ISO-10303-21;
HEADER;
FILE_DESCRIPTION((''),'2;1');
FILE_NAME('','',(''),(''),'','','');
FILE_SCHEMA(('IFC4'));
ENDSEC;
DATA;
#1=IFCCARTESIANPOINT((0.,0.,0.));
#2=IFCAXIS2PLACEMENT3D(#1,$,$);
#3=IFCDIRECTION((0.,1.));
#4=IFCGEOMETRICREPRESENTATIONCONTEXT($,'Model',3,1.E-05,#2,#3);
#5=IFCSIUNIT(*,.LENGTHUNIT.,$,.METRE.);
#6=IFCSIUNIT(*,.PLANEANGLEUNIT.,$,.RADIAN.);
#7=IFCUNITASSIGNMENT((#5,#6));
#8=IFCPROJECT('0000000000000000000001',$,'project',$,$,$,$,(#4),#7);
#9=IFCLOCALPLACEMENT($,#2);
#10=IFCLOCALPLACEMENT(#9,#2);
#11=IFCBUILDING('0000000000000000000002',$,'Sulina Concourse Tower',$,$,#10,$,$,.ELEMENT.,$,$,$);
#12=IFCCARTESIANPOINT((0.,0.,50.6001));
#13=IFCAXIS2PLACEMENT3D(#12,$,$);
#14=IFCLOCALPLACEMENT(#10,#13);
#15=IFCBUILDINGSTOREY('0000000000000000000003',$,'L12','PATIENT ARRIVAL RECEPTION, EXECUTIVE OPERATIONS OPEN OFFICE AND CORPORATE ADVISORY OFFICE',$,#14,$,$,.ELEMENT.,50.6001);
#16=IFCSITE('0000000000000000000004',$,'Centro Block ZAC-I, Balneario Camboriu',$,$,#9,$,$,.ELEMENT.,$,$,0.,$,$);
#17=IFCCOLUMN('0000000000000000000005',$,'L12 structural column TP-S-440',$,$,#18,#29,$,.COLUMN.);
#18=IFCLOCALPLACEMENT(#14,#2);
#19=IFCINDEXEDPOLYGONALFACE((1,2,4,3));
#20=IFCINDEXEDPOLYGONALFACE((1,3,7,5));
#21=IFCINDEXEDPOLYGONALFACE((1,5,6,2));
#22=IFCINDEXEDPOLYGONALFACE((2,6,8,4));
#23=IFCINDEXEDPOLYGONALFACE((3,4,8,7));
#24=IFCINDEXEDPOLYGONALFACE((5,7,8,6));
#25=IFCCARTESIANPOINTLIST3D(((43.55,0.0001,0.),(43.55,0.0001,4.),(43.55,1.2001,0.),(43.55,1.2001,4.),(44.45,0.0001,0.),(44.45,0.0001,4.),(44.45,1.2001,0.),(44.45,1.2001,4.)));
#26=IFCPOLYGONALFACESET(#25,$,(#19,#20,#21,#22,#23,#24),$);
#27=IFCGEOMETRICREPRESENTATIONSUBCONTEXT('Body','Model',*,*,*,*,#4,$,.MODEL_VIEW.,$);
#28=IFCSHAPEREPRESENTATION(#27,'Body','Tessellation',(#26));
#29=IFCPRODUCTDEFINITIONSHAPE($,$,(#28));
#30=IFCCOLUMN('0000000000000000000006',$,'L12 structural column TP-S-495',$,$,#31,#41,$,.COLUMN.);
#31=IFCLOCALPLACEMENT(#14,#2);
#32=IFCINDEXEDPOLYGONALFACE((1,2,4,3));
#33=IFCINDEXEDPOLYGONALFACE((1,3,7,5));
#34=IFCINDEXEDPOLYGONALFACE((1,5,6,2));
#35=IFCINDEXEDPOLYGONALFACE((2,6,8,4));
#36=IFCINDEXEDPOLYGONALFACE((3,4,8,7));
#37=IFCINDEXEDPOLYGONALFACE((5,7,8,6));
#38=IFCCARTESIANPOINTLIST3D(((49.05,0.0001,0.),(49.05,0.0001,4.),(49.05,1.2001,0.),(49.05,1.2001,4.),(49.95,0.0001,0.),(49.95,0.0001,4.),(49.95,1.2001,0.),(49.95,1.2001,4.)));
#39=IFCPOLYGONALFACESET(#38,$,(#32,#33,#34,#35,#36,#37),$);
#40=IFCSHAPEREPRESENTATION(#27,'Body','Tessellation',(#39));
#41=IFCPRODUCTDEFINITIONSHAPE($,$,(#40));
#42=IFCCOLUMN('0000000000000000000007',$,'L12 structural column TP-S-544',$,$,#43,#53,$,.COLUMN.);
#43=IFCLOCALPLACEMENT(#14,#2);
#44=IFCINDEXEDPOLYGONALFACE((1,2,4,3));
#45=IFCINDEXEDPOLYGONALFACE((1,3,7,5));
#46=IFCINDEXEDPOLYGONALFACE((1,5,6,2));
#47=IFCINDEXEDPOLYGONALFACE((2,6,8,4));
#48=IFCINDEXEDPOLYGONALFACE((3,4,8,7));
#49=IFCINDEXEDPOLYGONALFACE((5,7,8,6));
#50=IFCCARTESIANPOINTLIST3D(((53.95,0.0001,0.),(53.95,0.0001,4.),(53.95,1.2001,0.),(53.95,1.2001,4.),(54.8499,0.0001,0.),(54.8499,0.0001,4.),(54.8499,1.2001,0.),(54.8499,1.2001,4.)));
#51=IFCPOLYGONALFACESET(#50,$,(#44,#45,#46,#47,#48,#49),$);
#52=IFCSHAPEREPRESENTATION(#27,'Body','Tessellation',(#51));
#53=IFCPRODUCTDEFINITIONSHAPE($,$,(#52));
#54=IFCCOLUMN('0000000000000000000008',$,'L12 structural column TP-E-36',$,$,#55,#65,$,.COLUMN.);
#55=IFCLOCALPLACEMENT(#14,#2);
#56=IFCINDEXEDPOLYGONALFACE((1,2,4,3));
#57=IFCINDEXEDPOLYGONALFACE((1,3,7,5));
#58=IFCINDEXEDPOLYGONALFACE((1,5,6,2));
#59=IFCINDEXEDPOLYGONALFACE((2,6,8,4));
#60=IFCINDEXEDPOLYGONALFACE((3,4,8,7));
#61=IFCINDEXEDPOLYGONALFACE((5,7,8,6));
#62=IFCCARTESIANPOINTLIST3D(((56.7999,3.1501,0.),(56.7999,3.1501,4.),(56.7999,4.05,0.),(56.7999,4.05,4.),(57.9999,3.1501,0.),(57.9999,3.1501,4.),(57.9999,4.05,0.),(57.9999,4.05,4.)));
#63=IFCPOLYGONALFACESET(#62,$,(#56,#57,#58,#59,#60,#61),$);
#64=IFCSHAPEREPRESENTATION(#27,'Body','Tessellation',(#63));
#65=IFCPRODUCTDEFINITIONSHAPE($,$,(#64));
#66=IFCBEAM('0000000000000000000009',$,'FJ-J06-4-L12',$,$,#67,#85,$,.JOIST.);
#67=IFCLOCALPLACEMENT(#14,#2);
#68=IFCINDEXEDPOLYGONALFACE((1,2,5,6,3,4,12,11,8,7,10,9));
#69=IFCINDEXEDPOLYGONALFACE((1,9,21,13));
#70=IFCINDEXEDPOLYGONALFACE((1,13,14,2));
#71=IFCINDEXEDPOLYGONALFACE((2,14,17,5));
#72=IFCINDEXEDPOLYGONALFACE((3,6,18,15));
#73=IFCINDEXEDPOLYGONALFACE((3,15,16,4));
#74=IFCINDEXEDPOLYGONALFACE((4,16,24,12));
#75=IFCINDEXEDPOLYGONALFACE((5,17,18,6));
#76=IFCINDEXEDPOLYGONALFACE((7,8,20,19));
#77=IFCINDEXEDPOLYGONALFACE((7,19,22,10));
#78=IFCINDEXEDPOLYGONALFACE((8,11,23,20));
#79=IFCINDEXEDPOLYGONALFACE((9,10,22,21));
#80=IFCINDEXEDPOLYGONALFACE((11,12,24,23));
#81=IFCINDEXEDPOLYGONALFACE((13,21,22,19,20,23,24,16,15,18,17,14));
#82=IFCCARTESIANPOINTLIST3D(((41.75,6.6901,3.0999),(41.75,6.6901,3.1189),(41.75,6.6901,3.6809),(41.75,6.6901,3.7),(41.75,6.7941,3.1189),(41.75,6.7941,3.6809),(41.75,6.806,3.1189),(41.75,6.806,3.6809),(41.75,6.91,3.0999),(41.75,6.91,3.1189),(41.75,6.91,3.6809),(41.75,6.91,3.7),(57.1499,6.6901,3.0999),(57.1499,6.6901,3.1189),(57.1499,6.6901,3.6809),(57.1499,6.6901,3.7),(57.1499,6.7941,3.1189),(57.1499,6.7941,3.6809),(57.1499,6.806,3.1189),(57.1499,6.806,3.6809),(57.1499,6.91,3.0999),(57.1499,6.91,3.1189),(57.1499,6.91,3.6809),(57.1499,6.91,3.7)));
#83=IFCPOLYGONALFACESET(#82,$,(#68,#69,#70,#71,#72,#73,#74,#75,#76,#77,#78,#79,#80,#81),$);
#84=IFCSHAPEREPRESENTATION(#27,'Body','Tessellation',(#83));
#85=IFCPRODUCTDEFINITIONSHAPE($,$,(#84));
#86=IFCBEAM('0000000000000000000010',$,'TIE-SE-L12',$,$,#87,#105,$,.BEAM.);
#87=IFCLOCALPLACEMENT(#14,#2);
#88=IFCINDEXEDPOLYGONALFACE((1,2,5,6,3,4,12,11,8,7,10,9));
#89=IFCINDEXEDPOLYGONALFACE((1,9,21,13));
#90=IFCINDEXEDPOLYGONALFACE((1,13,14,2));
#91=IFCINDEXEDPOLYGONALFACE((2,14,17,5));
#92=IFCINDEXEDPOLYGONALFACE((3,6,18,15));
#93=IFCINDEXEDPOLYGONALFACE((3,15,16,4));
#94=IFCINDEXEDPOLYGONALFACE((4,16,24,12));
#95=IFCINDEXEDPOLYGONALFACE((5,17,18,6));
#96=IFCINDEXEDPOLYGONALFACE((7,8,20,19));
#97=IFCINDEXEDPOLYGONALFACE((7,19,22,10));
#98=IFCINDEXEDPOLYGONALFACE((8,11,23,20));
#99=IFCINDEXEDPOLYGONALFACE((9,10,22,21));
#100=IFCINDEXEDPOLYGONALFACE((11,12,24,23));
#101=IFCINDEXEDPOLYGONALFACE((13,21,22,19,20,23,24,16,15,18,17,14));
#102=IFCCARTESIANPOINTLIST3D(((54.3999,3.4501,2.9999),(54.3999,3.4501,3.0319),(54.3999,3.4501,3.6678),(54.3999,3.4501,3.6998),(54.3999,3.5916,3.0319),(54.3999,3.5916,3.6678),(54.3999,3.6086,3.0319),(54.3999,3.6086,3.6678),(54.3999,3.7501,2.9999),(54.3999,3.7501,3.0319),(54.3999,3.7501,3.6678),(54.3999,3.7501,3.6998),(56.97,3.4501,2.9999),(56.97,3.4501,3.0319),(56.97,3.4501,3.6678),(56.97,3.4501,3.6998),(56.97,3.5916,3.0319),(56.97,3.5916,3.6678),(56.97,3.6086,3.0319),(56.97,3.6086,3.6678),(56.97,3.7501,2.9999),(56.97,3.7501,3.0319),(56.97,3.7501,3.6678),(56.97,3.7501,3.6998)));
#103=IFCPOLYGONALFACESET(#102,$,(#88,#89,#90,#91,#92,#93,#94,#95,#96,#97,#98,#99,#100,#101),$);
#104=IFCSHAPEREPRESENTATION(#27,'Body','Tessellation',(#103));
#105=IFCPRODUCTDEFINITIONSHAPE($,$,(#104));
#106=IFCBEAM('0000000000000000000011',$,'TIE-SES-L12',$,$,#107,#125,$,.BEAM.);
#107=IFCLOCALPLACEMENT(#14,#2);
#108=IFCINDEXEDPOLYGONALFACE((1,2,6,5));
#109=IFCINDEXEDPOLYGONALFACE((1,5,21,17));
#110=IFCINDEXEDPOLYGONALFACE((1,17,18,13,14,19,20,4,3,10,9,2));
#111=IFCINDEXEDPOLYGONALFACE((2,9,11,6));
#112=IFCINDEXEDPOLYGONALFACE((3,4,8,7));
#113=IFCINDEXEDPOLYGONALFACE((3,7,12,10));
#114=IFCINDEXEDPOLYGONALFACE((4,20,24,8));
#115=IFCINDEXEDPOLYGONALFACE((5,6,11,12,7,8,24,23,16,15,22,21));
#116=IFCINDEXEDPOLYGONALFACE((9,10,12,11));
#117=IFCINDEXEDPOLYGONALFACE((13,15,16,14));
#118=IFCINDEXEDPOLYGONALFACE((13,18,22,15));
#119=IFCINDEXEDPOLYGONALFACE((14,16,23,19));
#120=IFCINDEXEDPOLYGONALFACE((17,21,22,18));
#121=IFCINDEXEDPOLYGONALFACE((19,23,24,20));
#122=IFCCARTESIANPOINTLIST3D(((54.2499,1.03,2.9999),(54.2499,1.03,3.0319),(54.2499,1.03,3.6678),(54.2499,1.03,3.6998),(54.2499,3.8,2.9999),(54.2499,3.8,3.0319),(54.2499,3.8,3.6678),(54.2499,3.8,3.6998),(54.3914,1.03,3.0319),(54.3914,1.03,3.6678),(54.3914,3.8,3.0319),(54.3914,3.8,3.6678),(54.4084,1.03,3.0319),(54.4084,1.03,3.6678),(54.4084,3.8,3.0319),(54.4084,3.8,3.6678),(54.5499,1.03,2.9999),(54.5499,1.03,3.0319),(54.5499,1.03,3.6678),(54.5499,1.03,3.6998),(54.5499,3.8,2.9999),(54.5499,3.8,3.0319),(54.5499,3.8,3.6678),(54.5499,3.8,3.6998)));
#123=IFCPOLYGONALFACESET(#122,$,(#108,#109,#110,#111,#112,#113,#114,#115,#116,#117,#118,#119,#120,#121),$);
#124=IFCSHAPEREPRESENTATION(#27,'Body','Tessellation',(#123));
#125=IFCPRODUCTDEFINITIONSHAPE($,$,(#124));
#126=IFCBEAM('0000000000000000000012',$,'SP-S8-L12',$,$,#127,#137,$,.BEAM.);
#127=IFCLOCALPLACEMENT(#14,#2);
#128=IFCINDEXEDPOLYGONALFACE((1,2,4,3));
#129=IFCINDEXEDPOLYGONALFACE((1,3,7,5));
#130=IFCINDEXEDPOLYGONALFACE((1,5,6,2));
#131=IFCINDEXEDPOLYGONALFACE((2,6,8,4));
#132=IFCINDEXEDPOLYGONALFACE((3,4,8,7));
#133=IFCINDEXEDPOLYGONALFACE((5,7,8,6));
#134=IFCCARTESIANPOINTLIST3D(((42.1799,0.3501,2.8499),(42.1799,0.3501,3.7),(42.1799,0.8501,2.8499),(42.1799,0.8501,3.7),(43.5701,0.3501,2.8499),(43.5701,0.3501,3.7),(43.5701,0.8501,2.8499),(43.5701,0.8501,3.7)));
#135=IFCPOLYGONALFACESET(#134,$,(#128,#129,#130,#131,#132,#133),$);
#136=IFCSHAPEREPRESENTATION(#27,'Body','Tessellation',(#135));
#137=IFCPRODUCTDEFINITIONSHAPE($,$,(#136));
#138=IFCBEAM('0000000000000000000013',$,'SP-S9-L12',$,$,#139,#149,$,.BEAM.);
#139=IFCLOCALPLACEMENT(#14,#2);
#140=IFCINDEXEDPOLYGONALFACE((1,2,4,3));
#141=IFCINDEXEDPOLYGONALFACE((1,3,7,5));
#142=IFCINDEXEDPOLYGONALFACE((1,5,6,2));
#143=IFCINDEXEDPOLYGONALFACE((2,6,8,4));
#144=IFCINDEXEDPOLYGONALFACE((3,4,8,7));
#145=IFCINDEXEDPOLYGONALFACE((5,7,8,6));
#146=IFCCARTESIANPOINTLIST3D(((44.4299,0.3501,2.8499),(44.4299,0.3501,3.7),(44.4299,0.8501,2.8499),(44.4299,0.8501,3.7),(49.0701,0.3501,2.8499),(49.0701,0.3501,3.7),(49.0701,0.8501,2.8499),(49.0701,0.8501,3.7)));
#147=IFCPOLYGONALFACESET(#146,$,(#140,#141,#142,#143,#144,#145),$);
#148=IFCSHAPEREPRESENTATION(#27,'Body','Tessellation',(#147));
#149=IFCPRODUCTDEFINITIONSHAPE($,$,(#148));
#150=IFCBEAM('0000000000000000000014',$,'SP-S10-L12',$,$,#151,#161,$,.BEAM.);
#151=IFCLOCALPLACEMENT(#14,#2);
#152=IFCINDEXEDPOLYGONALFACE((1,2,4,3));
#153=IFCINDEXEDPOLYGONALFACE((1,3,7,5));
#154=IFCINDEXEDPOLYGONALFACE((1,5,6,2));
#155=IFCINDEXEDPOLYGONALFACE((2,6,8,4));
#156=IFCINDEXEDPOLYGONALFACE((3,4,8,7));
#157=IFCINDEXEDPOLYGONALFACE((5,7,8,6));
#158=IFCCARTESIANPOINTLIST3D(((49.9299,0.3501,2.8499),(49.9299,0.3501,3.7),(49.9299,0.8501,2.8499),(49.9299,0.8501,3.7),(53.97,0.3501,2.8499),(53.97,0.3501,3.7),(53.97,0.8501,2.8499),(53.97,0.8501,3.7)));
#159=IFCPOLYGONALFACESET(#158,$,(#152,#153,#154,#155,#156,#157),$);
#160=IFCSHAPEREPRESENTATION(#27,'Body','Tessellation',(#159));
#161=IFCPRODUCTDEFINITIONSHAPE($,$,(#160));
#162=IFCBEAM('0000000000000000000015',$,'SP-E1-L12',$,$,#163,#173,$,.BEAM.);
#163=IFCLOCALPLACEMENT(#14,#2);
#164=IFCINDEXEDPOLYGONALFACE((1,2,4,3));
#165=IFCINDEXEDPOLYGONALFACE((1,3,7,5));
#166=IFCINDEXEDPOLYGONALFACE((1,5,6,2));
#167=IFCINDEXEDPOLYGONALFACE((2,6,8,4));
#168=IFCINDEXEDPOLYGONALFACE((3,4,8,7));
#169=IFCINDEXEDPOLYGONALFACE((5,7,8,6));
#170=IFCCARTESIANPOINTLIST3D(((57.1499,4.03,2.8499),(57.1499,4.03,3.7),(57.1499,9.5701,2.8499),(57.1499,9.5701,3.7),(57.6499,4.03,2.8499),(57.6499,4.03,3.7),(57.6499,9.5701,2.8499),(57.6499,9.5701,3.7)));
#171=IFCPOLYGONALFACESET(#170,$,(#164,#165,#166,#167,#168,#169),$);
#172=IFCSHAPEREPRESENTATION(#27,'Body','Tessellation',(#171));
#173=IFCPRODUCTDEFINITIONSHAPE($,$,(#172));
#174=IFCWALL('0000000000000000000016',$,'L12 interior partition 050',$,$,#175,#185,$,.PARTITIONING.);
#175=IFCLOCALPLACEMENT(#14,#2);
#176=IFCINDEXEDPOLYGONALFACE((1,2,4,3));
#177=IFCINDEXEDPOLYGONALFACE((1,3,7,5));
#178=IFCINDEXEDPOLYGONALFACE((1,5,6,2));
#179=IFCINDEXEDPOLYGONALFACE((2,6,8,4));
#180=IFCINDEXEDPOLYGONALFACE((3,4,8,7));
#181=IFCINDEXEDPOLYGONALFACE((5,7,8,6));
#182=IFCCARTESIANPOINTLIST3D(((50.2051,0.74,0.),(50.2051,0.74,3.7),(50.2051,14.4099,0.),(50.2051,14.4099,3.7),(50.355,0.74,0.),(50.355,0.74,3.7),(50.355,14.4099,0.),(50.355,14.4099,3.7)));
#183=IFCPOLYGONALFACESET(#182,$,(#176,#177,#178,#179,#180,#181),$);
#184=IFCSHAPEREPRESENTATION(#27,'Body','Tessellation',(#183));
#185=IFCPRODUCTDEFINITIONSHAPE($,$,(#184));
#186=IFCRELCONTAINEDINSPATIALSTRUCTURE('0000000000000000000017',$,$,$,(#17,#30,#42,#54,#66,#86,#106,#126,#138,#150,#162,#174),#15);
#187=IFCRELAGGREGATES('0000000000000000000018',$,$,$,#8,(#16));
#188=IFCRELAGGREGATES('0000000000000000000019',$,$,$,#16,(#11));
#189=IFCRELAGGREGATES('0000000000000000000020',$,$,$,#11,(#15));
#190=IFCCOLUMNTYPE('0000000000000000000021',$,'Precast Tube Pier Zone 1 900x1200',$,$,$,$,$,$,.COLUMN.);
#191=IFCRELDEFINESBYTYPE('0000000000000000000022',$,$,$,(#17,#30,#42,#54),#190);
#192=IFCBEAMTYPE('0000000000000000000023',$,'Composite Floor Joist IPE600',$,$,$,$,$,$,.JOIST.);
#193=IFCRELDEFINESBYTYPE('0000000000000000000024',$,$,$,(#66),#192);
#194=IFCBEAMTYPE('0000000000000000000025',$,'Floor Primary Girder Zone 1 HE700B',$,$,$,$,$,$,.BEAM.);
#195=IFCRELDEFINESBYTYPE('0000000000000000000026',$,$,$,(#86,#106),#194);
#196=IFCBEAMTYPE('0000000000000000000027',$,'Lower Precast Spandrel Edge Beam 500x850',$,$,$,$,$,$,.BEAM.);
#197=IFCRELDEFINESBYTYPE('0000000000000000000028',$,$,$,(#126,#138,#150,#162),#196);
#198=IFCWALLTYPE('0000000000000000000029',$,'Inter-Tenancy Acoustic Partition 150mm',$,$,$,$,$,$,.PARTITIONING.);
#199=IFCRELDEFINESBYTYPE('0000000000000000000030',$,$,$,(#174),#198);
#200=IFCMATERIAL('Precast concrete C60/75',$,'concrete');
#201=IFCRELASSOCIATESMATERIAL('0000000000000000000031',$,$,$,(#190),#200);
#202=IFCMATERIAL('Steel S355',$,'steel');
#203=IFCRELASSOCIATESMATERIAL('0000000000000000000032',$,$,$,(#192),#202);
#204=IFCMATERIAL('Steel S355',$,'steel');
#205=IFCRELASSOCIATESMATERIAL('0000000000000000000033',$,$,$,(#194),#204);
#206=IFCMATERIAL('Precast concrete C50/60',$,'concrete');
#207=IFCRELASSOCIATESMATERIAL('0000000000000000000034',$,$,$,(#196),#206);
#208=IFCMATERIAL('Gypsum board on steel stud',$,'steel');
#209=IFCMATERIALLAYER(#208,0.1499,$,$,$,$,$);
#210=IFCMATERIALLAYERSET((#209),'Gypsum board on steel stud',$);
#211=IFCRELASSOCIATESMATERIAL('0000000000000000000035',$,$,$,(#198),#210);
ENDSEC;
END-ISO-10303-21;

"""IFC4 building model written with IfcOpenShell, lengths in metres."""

from ifc_helpers import new_model, si_unit, direction, frame, frame_2d, origin, origin_2d, place, context, subcontext, project, spatial, rectangle, i_section, extrude, material, layer, layer_set, material_profile, profile_set, type_object, element, save


model = new_model("IFC4")

# Units and contexts
model_context = context("Model", 3, precision=1e-05, world=origin(), true_north=direction((0.0, 1.0)))
body_context = subcontext(model_context, "Body", "Model", "MODEL_VIEW")
ifc_project = project(units=[si_unit("LENGTHUNIT", "METRE"), si_unit("PLANEANGLEUNIT", "RADIAN")], contexts=[model_context])

# Site, building, storey
site_placement = place(None, origin())
site = spatial("IfcSite", under=ifc_project, at=site_placement, Name="Centro Block ZAC-I, Balneario Camboriu", CompositionType="ELEMENT", RefElevation=0.0)
building_placement = place(site_placement, origin())
building = spatial("IfcBuilding", under=site, at=building_placement, Name="Sulina Concourse Tower", CompositionType="ELEMENT")
storey_placement = place(building_placement, frame((0.0, 0.0, 50.6001)))
storey = spatial("IfcBuildingStorey", under=building, at=storey_placement, Name="L12", Description="PATIENT ARRIVAL RECEPTION, EXECUTIVE OPERATIONS OPEN OFFICE AND CORPORATE ADVISORY OFFICE", CompositionType="ELEMENT", Elevation=50.6001)

# Columns
ifc_material_1 = material(Name="Precast concrete C60/75", Category="concrete")
ifc_material_profile_1 = material_profile(ifc_material_1, rectangle(XDim=0.8999, YDim=1.2, at=origin_2d()), Name="PC 900x1200")
ifc_profile_set_1 = profile_set([ifc_material_profile_1], Name="Precast concrete C60/75")
column_type = type_object("IfcColumnType", Name="Precast Tube Pier Zone 1 900x1200", PredefinedType="COLUMN", material=ifc_profile_set_1)
for number, where, z_axis, x_axis, name in (
    (1, (44.0, 0.6001, 0.0), (0.0, 0.0, 1.0), (1.0, 0.0, 0.0), "L12 structural column TP-S-440"),
    (2, (49.5, 0.6001, 0.0), (0.0, 0.0, 1.0), (1.0, 0.0, 0.0), "L12 structural column TP-S-495"),
    (3, (54.3999, 0.6001, 0.0), (0.0, 0.0, 1.0), (1.0, 0.0, 0.0), "L12 structural column TP-S-544"),
    (4, (57.3999, 3.6001, 0.0), (0.0, 0.0, 1.0), (0.0, 1.0, 0.0), "L12 structural column TP-E-36"),
):
    element("IfcColumn", number, at=place(storey_placement, frame(where, z_axis=z_axis, x_axis=x_axis)), inside=storey, type_object=column_type, Name=name, PredefinedType="COLUMN", context=body_context, shape_type="SweptSolid", body=[
        extrude(rectangle(XDim=0.8999, YDim=1.2, at=origin_2d()), origin(), (0.0, 0.0, 1.0), 4.0),
    ])

# Beams
ifc_material_2 = material(Name="Steel S355", Category="steel")
ifc_material_profile_2 = material_profile(ifc_material_2, i_section(OverallWidth=0.22, OverallDepth=0.6001, WebThickness=0.012, FlangeThickness=0.019, at=origin_2d()), Name="IPE 600")
ifc_profile_set_2 = profile_set([ifc_material_profile_2], Name="Steel S355")
beam_type_1 = type_object("IfcBeamType", Name="Composite Floor Joist IPE600", PredefinedType="JOIST", material=ifc_profile_set_2)
beam_1_placement = place(storey_placement, frame((41.75, 6.8, 3.3999), z_axis=(1.0, 0.0, 0.0), x_axis=(0.0, 1.0, 0.0)))
element("IfcBeam", 5, at=beam_1_placement, inside=storey, type_object=beam_type_1, Name="FJ-J06-4-L12", PredefinedType="JOIST", context=body_context, shape_type="SweptSolid", body=[
    extrude(i_section(OverallWidth=0.22, OverallDepth=0.6001, WebThickness=0.012, FlangeThickness=0.019, at=origin_2d()), origin(), (0.0, 0.0, 1.0), 15.3999),
])
ifc_material_3 = material(Name="Steel S355", Category="steel")
ifc_material_profile_3 = material_profile(ifc_material_3, i_section(OverallWidth=0.3, OverallDepth=0.7, WebThickness=0.0171, FlangeThickness=0.032, at=origin_2d()), Name="HE 700 B")
ifc_profile_set_3 = profile_set([ifc_material_profile_3], Name="Steel S355")
beam_type_2 = type_object("IfcBeamType", Name="Floor Primary Girder Zone 1 HE700B", PredefinedType="BEAM", material=ifc_profile_set_3)
beam_2_placement = place(storey_placement, frame((54.3999, 3.6001, 3.3499), z_axis=(1.0, 0.0, 0.0), x_axis=(0.0, 1.0, 0.0)))
element("IfcBeam", 6, at=beam_2_placement, inside=storey, type_object=beam_type_2, Name="TIE-SE-L12", PredefinedType="BEAM", context=body_context, shape_type="SweptSolid", body=[
    extrude(i_section(OverallWidth=0.3, OverallDepth=0.7, WebThickness=0.0171, FlangeThickness=0.032, at=origin_2d()), origin(), (0.0, 0.0, 1.0), 2.5701),
])
beam_3_placement = place(storey_placement, frame((54.3999, 1.03, 3.3499), z_axis=(0.0, 1.0, 0.0), x_axis=(-1.0, 0.0, 0.0)))
element("IfcBeam", 7, at=beam_3_placement, inside=storey, type_object=beam_type_2, Name="TIE-SES-L12", PredefinedType="BEAM", context=body_context, shape_type="SweptSolid", body=[
    extrude(i_section(OverallWidth=0.3, OverallDepth=0.7, WebThickness=0.0171, FlangeThickness=0.032, at=origin_2d()), origin(), (0.0, 0.0, 1.0), 2.77),
])
ifc_material_4 = material(Name="Precast concrete C50/60", Category="concrete")
ifc_material_profile_4 = material_profile(ifc_material_4, rectangle(XDim=0.5, YDim=0.8501, at=origin_2d()), Name="RC 500x850")
ifc_profile_set_4 = profile_set([ifc_material_profile_4], Name="Precast concrete C50/60")
beam_type_3 = type_object("IfcBeamType", Name="Lower Precast Spandrel Edge Beam 500x850", PredefinedType="BEAM", material=ifc_profile_set_4)
beam_4_placement = place(storey_placement, frame((42.1799, 0.6001, 3.2749), z_axis=(1.0, 0.0, 0.0), x_axis=(0.0, 1.0, 0.0)))
element("IfcBeam", 8, at=beam_4_placement, inside=storey, type_object=beam_type_3, Name="SP-S8-L12", PredefinedType="BEAM", context=body_context, shape_type="SweptSolid", body=[
    extrude(rectangle(XDim=0.5, YDim=0.8501, at=origin_2d()), origin(), (0.0, 0.0, 1.0), 1.3901),
])
beam_5_placement = place(storey_placement, frame((44.4299, 0.6001, 3.2749), z_axis=(1.0, 0.0, 0.0), x_axis=(0.0, 1.0, 0.0)))
element("IfcBeam", 9, at=beam_5_placement, inside=storey, type_object=beam_type_3, Name="SP-S9-L12", PredefinedType="BEAM", context=body_context, shape_type="SweptSolid", body=[
    extrude(rectangle(XDim=0.5, YDim=0.8501, at=origin_2d()), origin(), (0.0, 0.0, 1.0), 4.6401),
])
beam_6_placement = place(storey_placement, frame((49.9299, 0.6001, 3.2749), z_axis=(1.0, 0.0, 0.0), x_axis=(0.0, 1.0, 0.0)))
element("IfcBeam", 10, at=beam_6_placement, inside=storey, type_object=beam_type_3, Name="SP-S10-L12", PredefinedType="BEAM", context=body_context, shape_type="SweptSolid", body=[
    extrude(rectangle(XDim=0.5, YDim=0.8501, at=origin_2d()), origin(), (0.0, 0.0, 1.0), 4.04),
])
beam_7_placement = place(storey_placement, frame((57.3999, 4.03, 3.2749), z_axis=(0.0, 1.0, 0.0), x_axis=(-1.0, 0.0, 0.0)))
element("IfcBeam", 11, at=beam_7_placement, inside=storey, type_object=beam_type_3, Name="SP-E1-L12", PredefinedType="BEAM", context=body_context, shape_type="SweptSolid", body=[
    extrude(rectangle(XDim=0.5, YDim=0.8501, at=origin_2d()), origin(), (0.0, 0.0, 1.0), 5.54),
])

# Wall
ifc_material_5 = material(Name="Gypsum board on steel stud", Category="steel")
ifc_layer_1 = layer(ifc_material_5, 0.1499)
ifc_layer_set_1 = layer_set([ifc_layer_1], Name="Gypsum board on steel stud")
wall_type_1 = type_object("IfcWallType", Name="Inter-Tenancy Acoustic Partition 150mm", PredefinedType="PARTITIONING", material=ifc_layer_set_1)
wall_1_placement = place(storey_placement, frame((50.28, 0.74, 0.0), z_axis=(0.0, 0.0, 1.0), x_axis=(0.0, 1.0, 0.0)))
element("IfcWall", 12, at=wall_1_placement, inside=storey, type_object=wall_type_1, Name="L12 interior partition 050", PredefinedType="PARTITIONING", context=body_context, shape_type="SweptSolid", body=[
    extrude(rectangle(XDim=13.6699, YDim=0.1499, at=frame_2d((6.835, 0.0))), origin(), (0.0, 0.0, 1.0), 3.7),
])

save(model, "model.ifc")
